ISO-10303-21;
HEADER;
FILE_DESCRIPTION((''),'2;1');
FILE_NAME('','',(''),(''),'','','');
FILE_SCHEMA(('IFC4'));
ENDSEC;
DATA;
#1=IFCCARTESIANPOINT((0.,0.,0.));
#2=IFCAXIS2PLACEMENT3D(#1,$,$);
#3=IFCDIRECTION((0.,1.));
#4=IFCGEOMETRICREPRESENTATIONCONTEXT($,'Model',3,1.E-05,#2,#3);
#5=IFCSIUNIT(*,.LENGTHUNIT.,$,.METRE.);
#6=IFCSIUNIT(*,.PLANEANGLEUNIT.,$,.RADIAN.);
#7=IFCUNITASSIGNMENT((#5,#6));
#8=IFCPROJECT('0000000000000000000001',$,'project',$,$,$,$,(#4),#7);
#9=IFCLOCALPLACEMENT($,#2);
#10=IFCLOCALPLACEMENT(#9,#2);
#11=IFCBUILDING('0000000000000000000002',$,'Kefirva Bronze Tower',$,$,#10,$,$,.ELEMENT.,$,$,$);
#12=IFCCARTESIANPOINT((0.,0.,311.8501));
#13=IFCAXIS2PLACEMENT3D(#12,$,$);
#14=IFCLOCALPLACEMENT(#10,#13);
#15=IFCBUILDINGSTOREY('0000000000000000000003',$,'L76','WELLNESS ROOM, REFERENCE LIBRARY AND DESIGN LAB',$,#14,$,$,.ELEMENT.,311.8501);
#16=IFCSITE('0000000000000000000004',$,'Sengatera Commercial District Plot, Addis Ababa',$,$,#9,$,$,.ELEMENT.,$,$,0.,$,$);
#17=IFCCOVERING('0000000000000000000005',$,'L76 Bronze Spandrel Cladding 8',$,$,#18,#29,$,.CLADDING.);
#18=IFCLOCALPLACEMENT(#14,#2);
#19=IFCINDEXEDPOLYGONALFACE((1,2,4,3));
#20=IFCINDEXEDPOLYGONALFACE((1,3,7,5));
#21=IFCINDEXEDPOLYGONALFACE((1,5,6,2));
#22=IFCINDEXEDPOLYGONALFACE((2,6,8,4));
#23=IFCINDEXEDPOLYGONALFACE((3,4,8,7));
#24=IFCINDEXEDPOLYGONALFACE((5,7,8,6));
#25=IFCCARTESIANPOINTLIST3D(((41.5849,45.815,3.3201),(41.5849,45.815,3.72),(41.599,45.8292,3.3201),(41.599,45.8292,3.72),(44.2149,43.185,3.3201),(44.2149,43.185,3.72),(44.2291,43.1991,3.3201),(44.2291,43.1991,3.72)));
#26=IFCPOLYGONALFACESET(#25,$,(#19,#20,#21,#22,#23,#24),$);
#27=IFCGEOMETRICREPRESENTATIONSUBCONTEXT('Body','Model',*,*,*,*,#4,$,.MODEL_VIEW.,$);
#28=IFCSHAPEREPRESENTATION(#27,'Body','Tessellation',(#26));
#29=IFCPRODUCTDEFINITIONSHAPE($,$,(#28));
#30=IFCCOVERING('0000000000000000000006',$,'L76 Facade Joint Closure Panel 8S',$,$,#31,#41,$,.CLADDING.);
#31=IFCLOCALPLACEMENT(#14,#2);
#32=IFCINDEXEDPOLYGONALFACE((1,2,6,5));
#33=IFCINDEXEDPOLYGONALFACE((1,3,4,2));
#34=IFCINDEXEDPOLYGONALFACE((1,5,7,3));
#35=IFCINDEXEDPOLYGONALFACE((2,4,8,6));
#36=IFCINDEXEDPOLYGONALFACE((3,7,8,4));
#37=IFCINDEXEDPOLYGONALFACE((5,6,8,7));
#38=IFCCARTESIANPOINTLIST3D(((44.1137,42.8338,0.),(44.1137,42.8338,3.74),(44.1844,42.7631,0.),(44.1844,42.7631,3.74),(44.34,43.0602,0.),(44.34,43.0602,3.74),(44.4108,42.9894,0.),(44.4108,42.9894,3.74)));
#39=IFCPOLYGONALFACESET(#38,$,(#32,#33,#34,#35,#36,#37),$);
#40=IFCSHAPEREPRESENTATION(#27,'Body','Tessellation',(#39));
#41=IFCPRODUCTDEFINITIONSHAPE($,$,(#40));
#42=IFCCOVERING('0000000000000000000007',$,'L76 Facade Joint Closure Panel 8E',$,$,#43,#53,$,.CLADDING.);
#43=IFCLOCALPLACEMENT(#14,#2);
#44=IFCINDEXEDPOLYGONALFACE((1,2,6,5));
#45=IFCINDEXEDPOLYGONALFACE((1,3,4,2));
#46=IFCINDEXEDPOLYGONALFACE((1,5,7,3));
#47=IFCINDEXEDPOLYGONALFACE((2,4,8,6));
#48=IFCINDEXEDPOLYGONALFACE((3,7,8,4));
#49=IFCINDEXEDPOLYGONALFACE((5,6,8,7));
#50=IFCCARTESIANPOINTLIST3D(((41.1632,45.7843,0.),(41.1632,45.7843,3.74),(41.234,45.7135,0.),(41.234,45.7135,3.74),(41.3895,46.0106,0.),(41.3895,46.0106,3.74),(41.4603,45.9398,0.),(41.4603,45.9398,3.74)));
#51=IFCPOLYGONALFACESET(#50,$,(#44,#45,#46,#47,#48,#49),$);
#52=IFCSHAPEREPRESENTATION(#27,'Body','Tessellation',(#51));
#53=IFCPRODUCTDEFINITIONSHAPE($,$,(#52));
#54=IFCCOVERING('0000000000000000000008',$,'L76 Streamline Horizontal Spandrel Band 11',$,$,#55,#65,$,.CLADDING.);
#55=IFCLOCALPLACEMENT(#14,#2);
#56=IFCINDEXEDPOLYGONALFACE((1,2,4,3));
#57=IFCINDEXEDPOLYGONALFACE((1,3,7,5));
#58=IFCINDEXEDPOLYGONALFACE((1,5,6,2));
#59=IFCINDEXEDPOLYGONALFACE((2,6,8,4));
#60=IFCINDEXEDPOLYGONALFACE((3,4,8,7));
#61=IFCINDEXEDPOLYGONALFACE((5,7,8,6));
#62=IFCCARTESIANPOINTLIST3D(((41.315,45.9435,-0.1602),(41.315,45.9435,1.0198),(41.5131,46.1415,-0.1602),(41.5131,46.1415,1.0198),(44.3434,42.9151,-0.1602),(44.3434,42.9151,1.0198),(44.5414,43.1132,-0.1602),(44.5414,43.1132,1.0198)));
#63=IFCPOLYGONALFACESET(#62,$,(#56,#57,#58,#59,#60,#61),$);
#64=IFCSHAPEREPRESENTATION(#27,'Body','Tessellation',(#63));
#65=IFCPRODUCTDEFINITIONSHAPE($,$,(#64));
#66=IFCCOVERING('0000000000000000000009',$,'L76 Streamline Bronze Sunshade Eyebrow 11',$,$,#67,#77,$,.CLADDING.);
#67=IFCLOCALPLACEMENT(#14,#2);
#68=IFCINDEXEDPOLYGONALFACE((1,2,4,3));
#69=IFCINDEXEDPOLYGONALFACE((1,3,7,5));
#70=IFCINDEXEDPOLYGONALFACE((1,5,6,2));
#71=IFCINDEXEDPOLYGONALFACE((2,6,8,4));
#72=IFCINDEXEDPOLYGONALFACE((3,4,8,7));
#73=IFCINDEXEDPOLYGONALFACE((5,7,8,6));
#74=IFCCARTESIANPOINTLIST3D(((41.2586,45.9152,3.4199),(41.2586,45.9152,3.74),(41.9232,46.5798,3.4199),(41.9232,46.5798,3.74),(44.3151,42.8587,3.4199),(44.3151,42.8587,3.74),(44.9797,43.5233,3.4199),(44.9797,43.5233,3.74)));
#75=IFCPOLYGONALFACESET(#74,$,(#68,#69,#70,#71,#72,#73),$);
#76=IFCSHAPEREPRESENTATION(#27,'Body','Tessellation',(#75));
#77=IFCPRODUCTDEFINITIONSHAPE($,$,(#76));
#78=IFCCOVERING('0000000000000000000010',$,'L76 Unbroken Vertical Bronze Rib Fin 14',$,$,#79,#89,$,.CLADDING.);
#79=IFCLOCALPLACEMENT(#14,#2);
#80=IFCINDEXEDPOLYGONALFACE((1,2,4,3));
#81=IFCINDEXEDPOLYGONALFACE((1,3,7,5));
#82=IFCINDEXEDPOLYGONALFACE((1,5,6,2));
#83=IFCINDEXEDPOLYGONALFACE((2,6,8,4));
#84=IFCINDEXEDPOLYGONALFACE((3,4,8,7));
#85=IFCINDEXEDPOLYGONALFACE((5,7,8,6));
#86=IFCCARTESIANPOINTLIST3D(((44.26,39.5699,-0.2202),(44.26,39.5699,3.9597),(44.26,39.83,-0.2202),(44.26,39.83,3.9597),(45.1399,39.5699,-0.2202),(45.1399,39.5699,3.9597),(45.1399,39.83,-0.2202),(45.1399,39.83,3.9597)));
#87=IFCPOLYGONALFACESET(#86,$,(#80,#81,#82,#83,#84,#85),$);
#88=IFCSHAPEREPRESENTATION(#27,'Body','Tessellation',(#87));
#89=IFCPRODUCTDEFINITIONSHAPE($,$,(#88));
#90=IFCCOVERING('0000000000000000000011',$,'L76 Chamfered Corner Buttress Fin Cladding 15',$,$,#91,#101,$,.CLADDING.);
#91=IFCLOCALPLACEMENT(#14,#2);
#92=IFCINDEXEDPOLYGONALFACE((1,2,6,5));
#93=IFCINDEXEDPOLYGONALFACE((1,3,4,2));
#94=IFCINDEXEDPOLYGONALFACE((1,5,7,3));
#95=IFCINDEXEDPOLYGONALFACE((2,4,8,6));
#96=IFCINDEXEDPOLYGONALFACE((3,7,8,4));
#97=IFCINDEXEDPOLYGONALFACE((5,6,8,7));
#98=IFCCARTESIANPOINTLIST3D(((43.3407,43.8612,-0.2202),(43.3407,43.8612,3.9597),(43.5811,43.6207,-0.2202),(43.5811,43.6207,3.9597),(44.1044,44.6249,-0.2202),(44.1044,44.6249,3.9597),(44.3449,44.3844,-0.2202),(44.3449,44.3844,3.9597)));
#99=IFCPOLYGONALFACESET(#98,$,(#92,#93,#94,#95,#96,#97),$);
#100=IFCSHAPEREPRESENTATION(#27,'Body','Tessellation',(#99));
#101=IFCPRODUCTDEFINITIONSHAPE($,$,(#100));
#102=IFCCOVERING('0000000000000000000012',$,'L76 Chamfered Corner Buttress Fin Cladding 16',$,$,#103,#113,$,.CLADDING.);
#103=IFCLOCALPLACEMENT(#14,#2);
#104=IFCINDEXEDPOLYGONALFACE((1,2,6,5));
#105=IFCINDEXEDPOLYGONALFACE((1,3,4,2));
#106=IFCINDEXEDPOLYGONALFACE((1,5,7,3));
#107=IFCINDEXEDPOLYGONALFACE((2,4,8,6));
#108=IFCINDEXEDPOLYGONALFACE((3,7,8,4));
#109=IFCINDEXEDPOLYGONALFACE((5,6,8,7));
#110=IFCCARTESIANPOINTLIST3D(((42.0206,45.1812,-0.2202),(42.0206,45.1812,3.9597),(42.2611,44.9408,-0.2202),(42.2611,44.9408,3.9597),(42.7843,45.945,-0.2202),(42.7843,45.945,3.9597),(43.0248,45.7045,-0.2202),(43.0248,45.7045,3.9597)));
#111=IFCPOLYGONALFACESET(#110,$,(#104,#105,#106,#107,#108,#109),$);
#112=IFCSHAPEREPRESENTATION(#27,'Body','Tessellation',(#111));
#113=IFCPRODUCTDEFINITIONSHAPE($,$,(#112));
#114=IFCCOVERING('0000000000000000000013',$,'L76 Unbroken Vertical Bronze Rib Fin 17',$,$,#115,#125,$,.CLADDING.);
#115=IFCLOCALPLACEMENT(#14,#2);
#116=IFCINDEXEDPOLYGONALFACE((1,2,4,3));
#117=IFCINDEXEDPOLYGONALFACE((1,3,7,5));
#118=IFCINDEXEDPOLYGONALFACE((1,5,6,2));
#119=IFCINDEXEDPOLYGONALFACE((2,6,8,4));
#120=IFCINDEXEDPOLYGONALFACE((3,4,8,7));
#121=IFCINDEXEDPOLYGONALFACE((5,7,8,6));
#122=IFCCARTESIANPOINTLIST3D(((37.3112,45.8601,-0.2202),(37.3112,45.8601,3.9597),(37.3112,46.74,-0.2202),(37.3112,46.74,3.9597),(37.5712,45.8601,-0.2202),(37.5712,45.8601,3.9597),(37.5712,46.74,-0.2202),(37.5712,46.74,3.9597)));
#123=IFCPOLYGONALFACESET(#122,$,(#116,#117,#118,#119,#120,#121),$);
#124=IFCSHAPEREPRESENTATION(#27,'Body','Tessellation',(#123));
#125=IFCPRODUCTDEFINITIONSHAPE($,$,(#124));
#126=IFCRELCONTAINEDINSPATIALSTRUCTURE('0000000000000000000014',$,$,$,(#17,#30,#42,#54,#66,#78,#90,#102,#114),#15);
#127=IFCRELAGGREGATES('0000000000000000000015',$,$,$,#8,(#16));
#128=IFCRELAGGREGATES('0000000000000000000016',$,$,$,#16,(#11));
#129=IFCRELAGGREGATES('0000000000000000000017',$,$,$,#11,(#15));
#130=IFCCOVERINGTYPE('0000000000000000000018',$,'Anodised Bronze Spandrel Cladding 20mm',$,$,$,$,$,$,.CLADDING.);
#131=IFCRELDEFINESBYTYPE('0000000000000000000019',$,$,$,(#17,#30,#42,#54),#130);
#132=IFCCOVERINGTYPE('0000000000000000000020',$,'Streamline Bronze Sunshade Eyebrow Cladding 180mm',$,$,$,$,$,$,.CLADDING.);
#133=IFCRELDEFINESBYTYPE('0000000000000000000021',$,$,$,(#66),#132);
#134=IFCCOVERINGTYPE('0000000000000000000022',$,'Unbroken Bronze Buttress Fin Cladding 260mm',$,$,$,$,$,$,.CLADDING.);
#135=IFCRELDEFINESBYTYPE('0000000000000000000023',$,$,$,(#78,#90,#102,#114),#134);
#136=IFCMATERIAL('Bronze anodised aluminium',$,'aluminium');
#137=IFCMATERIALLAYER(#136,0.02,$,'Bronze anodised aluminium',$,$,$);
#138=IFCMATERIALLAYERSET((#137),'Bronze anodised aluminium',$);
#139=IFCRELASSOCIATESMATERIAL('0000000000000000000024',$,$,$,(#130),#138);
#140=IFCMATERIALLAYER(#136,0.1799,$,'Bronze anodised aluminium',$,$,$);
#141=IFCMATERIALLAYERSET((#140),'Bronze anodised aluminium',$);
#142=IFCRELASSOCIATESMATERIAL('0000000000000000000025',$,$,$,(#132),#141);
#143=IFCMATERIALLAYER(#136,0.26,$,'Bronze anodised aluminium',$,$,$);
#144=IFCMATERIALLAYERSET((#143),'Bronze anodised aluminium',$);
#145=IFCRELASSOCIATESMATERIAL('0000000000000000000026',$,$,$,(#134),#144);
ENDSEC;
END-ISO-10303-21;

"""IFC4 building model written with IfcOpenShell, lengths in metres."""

from ifc_helpers import new_model, si_unit, direction, frame, origin, origin_2d, place, context, subcontext, project, spatial, rectangle, extrude, material, layer, layer_set, type_object, element, save


model = new_model("IFC4")

# Units and contexts
model_context = context("Model", 3, precision=1e-05, world=origin(), true_north=direction((0.0, 1.0)))
body_context = subcontext(model_context, "Body", "Model", "MODEL_VIEW")
ifc_project = project(units=[si_unit("LENGTHUNIT", "METRE"), si_unit("PLANEANGLEUNIT", "RADIAN")], contexts=[model_context])

# Site, building, storey
site_placement = place(None, origin())
site = spatial("IfcSite", under=ifc_project, at=site_placement, Name="Sengatera Commercial District Plot, Addis Ababa", CompositionType="ELEMENT", RefElevation=0.0)
building_placement = place(site_placement, origin())
building = spatial("IfcBuilding", under=site, at=building_placement, Name="Kefirva Bronze Tower", CompositionType="ELEMENT")
storey_placement = place(building_placement, frame((0.0, 0.0, 311.8501)))
storey = spatial("IfcBuildingStorey", under=building, at=storey_placement, Name="L76", Description="WELLNESS ROOM, REFERENCE LIBRARY AND DESIGN LAB", CompositionType="ELEMENT", Elevation=311.8501)

# Shared definitions
ifc_material_1 = material(Name="Bronze anodised aluminium", Category="aluminium")

# Coverings
ifc_layer_1 = layer(ifc_material_1, 0.02, Name="Bronze anodised aluminium")
ifc_layer_set_1 = layer_set([ifc_layer_1], Name="Bronze anodised aluminium")
covering_type_1 = type_object("IfcCoveringType", Name="Anodised Bronze Spandrel Cladding 20mm", PredefinedType="CLADDING", material=ifc_layer_set_1)
covering_1_placement = place(storey_placement, frame((42.907, 44.5071, 3.3201), z_axis=(0.0, 0.0, 1.0), x_axis=(-0.707107, 0.707107, 0.0)))
element("IfcCovering", 1, at=covering_1_placement, inside=storey, type_object=covering_type_1, Name="L76 Bronze Spandrel Cladding 8", PredefinedType="CLADDING", context=body_context, shape_type="SweptSolid", body=[
    extrude(rectangle(XDim=3.7195, YDim=0.02, at=origin_2d()), origin(), (0.0, 0.0, 1.0), 0.3999),
])
for number, where, z_axis, x_axis, name in (
    (2, (44.2622, 42.9116, 0.0), (0.0, 0.0, 1.0), (-0.707107, 0.707107, 0.0), "L76 Facade Joint Closure Panel 8S"),
    (3, (41.3118, 45.8621, 0.0), (0.0, 0.0, 1.0), (-0.707107, 0.707107, 0.0), "L76 Facade Joint Closure Panel 8E"),
):
    element("IfcCovering", number, at=place(storey_placement, frame(where, z_axis=z_axis, x_axis=x_axis)), inside=storey, type_object=covering_type_1, Name=name, PredefinedType="CLADDING", context=body_context, shape_type="SweptSolid", body=[
        extrude(rectangle(XDim=0.1001, YDim=0.3201, at=origin_2d()), origin(), (0.0, 0.0, 1.0), 3.74),
    ])
covering_2_placement = place(storey_placement, frame((42.9282, 44.5283, -0.1602), z_axis=(0.0, 0.0, 1.0), x_axis=(-0.707107, 0.707107, 0.0)))
element("IfcCovering", 4, at=covering_2_placement, inside=storey, type_object=covering_type_1, Name="L76 Streamline Horizontal Spandrel Band 11", PredefinedType="CLADDING", context=body_context, shape_type="SweptSolid", body=[
    extrude(rectangle(XDim=4.2827, YDim=0.28, at=origin_2d()), origin(), (0.0, 0.0, 1.0), 1.1799),
])
ifc_layer_2 = layer(ifc_material_1, 0.1799, Name="Bronze anodised aluminium")
ifc_layer_set_2 = layer_set([ifc_layer_2], Name="Bronze anodised aluminium")
covering_type_2 = type_object("IfcCoveringType", Name="Streamline Bronze Sunshade Eyebrow Cladding 180mm", PredefinedType="CLADDING", material=ifc_layer_set_2)
covering_3_placement = place(storey_placement, frame((43.1191, 44.7192, 3.4199), z_axis=(0.0, 0.0, 1.0), x_axis=(-0.707107, 0.707107, 0.0)))
element("IfcCovering", 5, at=covering_3_placement, inside=storey, type_object=covering_type_2, Name="L76 Streamline Bronze Sunshade Eyebrow 11", PredefinedType="CLADDING", context=body_context, shape_type="SweptSolid", body=[
    extrude(rectangle(XDim=4.3225, YDim=0.9399, at=origin_2d()), origin(), (0.0, 0.0, 1.0), 0.3201),
])
ifc_layer_3 = layer(ifc_material_1, 0.26, Name="Bronze anodised aluminium")
ifc_layer_set_3 = layer_set([ifc_layer_3], Name="Bronze anodised aluminium")
covering_type_3 = type_object("IfcCoveringType", Name="Unbroken Bronze Buttress Fin Cladding 260mm", PredefinedType="CLADDING", material=ifc_layer_set_3)
covering_4_placement = place(storey_placement, frame((44.7, 39.7, -0.2202), z_axis=(0.0, 0.0, 1.0), x_axis=(0.0, 1.0, 0.0)))
element("IfcCovering", 6, at=covering_4_placement, inside=storey, type_object=covering_type_3, Name="L76 Unbroken Vertical Bronze Rib Fin 14", PredefinedType="CLADDING", context=body_context, shape_type="SweptSolid", body=[
    extrude(rectangle(XDim=0.26, YDim=0.8799, at=origin_2d()), origin(), (0.0, 0.0, 1.0), 4.1799),
])
for number, where, z_axis, x_axis, name in (
    (7, (43.8428, 44.1228, -0.2202), (0.0, 0.0, 1.0), (-0.707107, 0.707107, 0.0), "L76 Chamfered Corner Buttress Fin Cladding 15"),
    (8, (42.5227, 45.4429, -0.2202), (0.0, 0.0, 1.0), (-0.707107, 0.707107, 0.0), "L76 Chamfered Corner Buttress Fin Cladding 16"),
):
    element("IfcCovering", number, at=place(storey_placement, frame(where, z_axis=z_axis, x_axis=x_axis)), inside=storey, type_object=covering_type_3, Name=name, PredefinedType="CLADDING", context=body_context, shape_type="SweptSolid", body=[
        extrude(rectangle(XDim=0.3401, YDim=1.0801, at=origin_2d()), origin(), (0.0, 0.0, 1.0), 4.1799),
    ])
covering_5_placement = place(storey_placement, frame((37.4412, 46.3, -0.2202), z_axis=(0.0, 0.0, 1.0), x_axis=(-1.0, 0.0, 0.0)))
element("IfcCovering", 9, at=covering_5_placement, inside=storey, type_object=covering_type_3, Name="L76 Unbroken Vertical Bronze Rib Fin 17", PredefinedType="CLADDING", context=body_context, shape_type="SweptSolid", body=[
    extrude(rectangle(XDim=0.26, YDim=0.8799, at=origin_2d()), origin(), (0.0, 0.0, 1.0), 4.1799),
])

save(model, "model.ifc")
